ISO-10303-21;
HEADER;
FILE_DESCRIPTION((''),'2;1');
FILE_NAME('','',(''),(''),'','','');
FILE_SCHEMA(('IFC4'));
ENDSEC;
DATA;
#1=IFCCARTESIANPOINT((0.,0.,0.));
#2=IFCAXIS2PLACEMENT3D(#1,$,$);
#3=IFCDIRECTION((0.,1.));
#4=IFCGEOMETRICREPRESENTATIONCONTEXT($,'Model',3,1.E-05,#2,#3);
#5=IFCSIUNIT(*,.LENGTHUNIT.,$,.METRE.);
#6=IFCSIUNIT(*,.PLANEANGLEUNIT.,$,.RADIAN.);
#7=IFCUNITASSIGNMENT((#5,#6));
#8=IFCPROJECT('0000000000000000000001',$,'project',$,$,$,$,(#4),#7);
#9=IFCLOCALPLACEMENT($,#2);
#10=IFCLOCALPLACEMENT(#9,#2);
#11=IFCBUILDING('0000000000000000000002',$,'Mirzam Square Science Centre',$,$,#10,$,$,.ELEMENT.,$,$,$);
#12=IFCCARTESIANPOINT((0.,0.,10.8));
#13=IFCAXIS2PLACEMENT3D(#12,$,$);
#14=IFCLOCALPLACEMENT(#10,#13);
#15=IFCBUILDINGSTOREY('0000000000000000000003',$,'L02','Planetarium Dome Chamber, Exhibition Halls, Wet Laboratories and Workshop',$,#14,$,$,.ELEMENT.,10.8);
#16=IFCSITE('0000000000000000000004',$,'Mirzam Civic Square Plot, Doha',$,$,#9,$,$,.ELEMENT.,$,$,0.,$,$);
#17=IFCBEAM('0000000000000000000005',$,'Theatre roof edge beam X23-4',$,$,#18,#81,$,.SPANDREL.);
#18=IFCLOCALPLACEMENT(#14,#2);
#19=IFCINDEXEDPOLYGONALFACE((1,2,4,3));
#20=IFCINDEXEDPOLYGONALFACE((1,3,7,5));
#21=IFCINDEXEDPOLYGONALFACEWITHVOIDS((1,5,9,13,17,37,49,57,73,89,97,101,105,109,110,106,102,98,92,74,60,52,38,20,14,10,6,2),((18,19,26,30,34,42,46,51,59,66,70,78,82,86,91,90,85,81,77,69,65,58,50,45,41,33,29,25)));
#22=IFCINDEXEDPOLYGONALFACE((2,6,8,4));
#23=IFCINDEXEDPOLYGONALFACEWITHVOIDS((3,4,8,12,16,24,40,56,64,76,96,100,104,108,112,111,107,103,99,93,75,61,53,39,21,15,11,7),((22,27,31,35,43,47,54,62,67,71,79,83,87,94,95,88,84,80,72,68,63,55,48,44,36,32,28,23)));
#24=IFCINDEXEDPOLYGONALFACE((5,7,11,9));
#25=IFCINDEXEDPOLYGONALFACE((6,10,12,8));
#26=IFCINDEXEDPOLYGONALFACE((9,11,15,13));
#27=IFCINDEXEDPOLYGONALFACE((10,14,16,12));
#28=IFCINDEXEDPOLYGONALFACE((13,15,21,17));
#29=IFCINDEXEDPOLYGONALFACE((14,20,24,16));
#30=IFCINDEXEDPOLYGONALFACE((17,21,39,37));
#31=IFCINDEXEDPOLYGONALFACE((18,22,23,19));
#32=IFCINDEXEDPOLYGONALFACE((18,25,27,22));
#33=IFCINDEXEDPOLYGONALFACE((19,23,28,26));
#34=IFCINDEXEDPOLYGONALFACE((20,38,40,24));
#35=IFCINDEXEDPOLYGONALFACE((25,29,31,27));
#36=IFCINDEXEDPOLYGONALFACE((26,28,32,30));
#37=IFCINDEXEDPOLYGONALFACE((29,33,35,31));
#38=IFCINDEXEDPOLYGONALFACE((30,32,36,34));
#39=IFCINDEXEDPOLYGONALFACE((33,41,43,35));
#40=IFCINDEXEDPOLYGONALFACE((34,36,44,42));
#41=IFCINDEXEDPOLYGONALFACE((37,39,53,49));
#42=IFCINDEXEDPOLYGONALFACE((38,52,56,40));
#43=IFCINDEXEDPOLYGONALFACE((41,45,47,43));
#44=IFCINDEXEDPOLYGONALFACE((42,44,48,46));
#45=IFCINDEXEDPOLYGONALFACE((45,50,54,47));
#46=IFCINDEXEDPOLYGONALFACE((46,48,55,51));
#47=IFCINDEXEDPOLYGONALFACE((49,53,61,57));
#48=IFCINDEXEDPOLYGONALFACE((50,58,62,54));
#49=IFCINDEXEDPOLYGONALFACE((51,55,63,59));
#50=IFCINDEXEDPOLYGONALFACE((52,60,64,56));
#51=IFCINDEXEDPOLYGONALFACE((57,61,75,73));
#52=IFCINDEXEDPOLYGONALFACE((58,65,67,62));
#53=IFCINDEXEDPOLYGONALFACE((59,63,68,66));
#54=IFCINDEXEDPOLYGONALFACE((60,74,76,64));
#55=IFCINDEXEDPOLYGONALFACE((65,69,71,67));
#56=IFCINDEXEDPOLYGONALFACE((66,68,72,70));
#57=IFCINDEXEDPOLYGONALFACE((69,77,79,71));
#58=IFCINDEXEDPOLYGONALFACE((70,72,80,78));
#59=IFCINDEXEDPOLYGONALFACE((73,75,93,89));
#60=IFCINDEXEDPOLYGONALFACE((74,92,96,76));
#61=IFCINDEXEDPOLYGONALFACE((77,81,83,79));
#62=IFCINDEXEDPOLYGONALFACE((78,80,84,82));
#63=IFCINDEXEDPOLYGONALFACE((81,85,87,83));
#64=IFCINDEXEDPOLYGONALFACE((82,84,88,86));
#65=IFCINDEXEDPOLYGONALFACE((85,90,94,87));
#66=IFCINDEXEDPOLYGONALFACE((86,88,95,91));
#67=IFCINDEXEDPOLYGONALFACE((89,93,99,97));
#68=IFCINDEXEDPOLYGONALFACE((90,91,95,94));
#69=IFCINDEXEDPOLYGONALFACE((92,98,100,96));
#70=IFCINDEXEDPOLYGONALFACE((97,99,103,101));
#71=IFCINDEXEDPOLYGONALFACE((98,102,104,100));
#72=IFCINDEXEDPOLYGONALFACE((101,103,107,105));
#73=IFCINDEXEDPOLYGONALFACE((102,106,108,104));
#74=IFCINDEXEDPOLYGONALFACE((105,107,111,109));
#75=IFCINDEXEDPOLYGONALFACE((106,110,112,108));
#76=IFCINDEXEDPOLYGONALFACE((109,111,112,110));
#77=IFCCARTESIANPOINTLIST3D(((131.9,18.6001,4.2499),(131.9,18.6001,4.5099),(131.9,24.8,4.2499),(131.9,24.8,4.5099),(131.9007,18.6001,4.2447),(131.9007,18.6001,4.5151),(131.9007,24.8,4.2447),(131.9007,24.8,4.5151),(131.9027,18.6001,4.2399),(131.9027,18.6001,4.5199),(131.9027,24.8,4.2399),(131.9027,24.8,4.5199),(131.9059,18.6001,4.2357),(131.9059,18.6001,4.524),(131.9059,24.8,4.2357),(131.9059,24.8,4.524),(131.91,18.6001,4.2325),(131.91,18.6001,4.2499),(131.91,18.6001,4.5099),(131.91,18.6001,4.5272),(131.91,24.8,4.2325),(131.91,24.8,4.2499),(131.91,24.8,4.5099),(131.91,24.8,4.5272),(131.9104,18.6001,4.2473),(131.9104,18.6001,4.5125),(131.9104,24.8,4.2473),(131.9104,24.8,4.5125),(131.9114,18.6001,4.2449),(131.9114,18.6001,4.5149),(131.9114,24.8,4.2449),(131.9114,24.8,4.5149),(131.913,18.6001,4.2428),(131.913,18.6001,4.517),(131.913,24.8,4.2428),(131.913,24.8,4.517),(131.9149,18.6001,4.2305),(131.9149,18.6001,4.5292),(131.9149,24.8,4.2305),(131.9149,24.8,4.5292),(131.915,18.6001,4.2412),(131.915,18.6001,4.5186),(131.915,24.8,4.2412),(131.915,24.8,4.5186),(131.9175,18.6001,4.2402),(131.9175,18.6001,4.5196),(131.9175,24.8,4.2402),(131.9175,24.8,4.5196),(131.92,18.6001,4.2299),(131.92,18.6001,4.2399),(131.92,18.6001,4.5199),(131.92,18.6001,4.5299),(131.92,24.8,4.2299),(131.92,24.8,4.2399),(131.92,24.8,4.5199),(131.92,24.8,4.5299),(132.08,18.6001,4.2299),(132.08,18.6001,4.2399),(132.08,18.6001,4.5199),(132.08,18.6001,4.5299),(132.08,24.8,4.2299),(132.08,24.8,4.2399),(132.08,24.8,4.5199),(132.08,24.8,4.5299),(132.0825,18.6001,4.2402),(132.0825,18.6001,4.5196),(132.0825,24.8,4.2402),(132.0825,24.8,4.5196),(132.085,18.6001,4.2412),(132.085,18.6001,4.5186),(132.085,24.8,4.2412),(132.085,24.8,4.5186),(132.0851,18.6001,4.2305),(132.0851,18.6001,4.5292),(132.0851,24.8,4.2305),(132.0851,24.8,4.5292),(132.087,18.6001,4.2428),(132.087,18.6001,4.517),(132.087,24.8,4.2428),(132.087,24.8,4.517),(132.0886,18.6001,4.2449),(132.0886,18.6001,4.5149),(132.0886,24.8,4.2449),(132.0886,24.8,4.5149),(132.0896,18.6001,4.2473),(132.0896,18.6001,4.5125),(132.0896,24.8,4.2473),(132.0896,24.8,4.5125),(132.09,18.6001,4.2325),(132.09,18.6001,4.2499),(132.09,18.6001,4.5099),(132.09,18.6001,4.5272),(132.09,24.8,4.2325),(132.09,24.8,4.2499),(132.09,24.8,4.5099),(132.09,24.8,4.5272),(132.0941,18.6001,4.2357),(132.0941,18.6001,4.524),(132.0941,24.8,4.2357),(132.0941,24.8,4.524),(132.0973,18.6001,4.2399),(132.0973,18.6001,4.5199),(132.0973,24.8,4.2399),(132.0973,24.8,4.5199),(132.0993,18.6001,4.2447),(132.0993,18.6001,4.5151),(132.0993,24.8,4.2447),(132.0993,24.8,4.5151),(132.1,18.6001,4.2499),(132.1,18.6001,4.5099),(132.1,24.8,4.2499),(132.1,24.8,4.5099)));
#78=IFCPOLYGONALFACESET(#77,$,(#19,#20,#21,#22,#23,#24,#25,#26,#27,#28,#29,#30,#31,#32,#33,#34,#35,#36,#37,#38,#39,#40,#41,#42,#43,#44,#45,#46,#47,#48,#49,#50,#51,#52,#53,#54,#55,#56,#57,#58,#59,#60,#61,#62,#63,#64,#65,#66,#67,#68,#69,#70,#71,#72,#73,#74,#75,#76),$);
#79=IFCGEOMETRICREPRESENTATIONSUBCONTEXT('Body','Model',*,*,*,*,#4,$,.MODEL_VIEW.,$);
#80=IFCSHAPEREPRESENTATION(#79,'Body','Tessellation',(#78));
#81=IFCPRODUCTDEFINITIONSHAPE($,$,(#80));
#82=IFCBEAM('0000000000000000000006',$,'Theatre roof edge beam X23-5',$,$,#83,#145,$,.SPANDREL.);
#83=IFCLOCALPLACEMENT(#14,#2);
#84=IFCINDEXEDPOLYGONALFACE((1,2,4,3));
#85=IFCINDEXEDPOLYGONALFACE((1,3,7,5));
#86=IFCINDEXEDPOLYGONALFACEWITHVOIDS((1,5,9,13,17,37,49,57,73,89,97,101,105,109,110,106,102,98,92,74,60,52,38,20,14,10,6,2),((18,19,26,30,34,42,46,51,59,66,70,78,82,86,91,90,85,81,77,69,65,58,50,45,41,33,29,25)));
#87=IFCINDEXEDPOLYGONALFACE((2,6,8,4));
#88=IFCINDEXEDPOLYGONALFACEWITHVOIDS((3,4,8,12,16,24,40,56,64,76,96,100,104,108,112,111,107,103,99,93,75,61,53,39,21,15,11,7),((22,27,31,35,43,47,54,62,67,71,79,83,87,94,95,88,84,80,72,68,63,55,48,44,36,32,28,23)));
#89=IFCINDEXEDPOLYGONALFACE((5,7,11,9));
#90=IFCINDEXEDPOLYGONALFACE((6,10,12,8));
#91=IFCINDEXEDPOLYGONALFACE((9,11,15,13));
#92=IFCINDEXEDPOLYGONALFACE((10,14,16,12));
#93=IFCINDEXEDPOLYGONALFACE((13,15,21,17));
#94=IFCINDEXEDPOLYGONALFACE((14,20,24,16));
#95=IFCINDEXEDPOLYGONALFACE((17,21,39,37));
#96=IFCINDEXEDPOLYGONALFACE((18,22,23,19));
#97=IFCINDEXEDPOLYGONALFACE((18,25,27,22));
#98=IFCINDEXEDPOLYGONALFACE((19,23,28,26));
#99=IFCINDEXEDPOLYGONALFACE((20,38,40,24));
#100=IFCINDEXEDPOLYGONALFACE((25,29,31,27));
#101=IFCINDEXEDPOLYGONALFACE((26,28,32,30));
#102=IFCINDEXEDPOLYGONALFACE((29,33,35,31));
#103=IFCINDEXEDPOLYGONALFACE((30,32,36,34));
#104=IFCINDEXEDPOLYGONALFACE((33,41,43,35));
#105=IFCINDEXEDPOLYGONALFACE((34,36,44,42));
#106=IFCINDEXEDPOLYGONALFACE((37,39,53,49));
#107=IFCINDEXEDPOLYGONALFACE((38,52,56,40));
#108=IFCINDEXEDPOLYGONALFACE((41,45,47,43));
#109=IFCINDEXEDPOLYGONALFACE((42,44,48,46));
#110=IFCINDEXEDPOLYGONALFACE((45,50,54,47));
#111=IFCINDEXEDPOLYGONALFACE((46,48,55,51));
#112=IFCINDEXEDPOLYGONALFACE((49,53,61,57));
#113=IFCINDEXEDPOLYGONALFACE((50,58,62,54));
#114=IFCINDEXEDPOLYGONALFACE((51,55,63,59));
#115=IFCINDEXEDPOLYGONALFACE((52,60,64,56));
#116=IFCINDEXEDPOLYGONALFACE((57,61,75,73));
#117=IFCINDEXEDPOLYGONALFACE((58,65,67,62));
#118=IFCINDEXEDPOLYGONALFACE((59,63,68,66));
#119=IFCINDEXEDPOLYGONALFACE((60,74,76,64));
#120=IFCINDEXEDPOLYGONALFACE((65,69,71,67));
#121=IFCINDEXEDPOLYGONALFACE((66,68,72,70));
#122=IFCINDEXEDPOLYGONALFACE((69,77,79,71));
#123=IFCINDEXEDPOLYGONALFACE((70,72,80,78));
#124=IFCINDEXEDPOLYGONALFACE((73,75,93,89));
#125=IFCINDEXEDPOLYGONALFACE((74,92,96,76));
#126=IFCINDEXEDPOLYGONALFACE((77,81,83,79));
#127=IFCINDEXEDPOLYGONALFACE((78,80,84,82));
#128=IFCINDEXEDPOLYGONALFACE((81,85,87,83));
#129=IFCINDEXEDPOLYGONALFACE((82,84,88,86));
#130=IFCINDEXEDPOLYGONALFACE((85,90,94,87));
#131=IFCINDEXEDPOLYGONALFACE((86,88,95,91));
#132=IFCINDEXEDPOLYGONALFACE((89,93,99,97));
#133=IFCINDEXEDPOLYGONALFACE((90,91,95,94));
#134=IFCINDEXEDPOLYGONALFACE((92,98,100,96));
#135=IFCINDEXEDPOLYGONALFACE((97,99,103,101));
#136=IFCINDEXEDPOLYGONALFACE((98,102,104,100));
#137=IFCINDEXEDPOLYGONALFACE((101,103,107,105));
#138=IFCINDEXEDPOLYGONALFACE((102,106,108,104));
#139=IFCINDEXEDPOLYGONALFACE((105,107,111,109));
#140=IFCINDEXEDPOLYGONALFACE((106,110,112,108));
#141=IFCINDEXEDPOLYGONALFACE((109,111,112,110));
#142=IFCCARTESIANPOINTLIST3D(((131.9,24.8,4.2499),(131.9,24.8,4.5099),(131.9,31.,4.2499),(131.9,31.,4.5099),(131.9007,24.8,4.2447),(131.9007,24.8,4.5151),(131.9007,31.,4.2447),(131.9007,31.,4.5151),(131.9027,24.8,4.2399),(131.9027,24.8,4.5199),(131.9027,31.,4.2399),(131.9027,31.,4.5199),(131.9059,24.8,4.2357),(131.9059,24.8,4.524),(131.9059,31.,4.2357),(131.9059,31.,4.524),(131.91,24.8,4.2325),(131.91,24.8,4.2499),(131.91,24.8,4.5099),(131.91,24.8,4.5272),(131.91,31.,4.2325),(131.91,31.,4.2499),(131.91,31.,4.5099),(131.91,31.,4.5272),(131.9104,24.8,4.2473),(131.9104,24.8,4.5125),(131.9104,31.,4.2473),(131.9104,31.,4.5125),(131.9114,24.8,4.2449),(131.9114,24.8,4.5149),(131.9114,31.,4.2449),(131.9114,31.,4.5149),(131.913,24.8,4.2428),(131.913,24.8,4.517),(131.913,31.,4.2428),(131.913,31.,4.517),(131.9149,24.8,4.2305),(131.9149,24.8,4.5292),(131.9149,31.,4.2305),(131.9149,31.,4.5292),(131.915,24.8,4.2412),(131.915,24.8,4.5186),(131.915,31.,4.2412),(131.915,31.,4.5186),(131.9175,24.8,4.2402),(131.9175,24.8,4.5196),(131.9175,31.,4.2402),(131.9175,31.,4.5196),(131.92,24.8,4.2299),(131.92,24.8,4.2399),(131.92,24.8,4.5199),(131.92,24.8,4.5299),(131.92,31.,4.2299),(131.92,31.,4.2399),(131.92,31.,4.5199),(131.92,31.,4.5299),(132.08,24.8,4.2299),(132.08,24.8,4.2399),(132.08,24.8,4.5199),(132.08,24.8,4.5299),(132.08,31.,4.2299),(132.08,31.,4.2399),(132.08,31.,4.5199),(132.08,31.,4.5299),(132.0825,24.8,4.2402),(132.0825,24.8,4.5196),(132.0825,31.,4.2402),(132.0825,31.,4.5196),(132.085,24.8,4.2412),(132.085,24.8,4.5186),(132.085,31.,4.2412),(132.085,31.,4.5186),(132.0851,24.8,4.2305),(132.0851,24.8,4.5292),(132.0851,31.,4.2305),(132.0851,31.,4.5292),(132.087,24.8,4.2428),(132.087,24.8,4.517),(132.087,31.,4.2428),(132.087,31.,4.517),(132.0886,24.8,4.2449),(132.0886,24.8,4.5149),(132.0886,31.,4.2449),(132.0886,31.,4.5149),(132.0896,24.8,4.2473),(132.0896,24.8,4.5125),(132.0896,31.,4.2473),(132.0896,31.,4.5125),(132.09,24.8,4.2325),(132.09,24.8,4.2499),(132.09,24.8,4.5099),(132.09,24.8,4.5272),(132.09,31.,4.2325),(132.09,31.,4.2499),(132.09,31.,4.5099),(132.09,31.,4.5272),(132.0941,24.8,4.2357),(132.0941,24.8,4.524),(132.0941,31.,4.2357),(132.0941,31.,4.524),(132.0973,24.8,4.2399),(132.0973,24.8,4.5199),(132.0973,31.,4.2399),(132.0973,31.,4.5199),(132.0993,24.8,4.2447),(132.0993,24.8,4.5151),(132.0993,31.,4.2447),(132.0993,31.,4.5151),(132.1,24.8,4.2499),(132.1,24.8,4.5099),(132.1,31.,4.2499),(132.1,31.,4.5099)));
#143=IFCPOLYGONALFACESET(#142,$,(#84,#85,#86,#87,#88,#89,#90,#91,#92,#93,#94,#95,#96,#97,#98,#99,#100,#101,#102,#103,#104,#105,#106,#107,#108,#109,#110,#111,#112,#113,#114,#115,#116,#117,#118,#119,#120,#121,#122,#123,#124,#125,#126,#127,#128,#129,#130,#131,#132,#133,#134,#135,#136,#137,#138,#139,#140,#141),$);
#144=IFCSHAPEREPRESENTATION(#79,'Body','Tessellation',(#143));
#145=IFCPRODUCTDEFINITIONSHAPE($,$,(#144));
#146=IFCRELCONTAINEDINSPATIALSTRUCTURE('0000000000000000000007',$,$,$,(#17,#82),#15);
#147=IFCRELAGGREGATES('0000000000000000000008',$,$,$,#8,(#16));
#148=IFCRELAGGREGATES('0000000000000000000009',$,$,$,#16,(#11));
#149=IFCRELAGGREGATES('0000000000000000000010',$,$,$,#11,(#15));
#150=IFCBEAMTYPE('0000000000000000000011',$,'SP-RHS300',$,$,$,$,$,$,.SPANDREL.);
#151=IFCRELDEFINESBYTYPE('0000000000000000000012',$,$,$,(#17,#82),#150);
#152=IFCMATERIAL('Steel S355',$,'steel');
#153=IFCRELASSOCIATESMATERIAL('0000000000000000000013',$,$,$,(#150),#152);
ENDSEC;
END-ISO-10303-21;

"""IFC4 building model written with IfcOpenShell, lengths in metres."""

from ifc_helpers import new_model, si_unit, direction, frame, origin, origin_2d, place, context, subcontext, project, spatial, hollow_rectangle, extrude, material, material_profile, profile_set, type_object, element, save


model = new_model("IFC4")

# Units and contexts
model_context = context("Model", 3, precision=1e-05, world=origin(), true_north=direction((0.0, 1.0)))
body_context = subcontext(model_context, "Body", "Model", "MODEL_VIEW")
ifc_project = project(units=[si_unit("LENGTHUNIT", "METRE"), si_unit("PLANEANGLEUNIT", "RADIAN")], contexts=[model_context])

# Site, building, storey
site_placement = place(None, origin())
site = spatial("IfcSite", under=ifc_project, at=site_placement, Name="Mirzam Civic Square Plot, Doha", CompositionType="ELEMENT", RefElevation=0.0)
building_placement = place(site_placement, origin())
building = spatial("IfcBuilding", under=site, at=building_placement, Name="Mirzam Square Science Centre", CompositionType="ELEMENT")
storey_placement = place(building_placement, frame((0.0, 0.0, 10.8)))
storey = spatial("IfcBuildingStorey", under=building, at=storey_placement, Name="L02", Description="Planetarium Dome Chamber, Exhibition Halls, Wet Laboratories and Workshop", CompositionType="ELEMENT", Elevation=10.8)

# Shared definitions
ifc_material_1 = material(Name="Steel S355", Category="steel")

# Beams
ifc_material_profile_1 = material_profile(ifc_material_1, hollow_rectangle(XDim=0.2, YDim=0.3, WallThickness=0.01, InnerFilletRadius=0.01, OuterFilletRadius=0.02, at=origin_2d()), Name="300x200x10.0RHS")
ifc_profile_set_1 = profile_set([ifc_material_profile_1], Name="Steel S355")
beam_type_1 = type_object("IfcBeamType", Name="SP-RHS300", PredefinedType="SPANDREL", material=ifc_profile_set_1)
for number, where, z_axis, x_axis, name in (
    (1, (132.0, 18.6001, 4.3799), (0.0, 1.0, 0.0), (-1.0, 0.0, 0.0), "Theatre roof edge beam X23-4"),
    (2, (132.0, 24.8, 4.3799), (0.0, 1.0, 0.0), (-1.0, 0.0, 0.0), "Theatre roof edge beam X23-5"),
):
    element("IfcBeam", number, at=place(storey_placement, frame(where, z_axis=z_axis, x_axis=x_axis)), inside=storey, type_object=beam_type_1, Name=name, PredefinedType="SPANDREL", context=body_context, shape_type="SweptSolid", body=[
        extrude(hollow_rectangle(XDim=0.2, YDim=0.3, WallThickness=0.01, InnerFilletRadius=0.01, OuterFilletRadius=0.02, at=origin_2d()), origin(), (0.0, 0.0, 1.0), 6.2),
    ])

save(model, "model.ifc")
